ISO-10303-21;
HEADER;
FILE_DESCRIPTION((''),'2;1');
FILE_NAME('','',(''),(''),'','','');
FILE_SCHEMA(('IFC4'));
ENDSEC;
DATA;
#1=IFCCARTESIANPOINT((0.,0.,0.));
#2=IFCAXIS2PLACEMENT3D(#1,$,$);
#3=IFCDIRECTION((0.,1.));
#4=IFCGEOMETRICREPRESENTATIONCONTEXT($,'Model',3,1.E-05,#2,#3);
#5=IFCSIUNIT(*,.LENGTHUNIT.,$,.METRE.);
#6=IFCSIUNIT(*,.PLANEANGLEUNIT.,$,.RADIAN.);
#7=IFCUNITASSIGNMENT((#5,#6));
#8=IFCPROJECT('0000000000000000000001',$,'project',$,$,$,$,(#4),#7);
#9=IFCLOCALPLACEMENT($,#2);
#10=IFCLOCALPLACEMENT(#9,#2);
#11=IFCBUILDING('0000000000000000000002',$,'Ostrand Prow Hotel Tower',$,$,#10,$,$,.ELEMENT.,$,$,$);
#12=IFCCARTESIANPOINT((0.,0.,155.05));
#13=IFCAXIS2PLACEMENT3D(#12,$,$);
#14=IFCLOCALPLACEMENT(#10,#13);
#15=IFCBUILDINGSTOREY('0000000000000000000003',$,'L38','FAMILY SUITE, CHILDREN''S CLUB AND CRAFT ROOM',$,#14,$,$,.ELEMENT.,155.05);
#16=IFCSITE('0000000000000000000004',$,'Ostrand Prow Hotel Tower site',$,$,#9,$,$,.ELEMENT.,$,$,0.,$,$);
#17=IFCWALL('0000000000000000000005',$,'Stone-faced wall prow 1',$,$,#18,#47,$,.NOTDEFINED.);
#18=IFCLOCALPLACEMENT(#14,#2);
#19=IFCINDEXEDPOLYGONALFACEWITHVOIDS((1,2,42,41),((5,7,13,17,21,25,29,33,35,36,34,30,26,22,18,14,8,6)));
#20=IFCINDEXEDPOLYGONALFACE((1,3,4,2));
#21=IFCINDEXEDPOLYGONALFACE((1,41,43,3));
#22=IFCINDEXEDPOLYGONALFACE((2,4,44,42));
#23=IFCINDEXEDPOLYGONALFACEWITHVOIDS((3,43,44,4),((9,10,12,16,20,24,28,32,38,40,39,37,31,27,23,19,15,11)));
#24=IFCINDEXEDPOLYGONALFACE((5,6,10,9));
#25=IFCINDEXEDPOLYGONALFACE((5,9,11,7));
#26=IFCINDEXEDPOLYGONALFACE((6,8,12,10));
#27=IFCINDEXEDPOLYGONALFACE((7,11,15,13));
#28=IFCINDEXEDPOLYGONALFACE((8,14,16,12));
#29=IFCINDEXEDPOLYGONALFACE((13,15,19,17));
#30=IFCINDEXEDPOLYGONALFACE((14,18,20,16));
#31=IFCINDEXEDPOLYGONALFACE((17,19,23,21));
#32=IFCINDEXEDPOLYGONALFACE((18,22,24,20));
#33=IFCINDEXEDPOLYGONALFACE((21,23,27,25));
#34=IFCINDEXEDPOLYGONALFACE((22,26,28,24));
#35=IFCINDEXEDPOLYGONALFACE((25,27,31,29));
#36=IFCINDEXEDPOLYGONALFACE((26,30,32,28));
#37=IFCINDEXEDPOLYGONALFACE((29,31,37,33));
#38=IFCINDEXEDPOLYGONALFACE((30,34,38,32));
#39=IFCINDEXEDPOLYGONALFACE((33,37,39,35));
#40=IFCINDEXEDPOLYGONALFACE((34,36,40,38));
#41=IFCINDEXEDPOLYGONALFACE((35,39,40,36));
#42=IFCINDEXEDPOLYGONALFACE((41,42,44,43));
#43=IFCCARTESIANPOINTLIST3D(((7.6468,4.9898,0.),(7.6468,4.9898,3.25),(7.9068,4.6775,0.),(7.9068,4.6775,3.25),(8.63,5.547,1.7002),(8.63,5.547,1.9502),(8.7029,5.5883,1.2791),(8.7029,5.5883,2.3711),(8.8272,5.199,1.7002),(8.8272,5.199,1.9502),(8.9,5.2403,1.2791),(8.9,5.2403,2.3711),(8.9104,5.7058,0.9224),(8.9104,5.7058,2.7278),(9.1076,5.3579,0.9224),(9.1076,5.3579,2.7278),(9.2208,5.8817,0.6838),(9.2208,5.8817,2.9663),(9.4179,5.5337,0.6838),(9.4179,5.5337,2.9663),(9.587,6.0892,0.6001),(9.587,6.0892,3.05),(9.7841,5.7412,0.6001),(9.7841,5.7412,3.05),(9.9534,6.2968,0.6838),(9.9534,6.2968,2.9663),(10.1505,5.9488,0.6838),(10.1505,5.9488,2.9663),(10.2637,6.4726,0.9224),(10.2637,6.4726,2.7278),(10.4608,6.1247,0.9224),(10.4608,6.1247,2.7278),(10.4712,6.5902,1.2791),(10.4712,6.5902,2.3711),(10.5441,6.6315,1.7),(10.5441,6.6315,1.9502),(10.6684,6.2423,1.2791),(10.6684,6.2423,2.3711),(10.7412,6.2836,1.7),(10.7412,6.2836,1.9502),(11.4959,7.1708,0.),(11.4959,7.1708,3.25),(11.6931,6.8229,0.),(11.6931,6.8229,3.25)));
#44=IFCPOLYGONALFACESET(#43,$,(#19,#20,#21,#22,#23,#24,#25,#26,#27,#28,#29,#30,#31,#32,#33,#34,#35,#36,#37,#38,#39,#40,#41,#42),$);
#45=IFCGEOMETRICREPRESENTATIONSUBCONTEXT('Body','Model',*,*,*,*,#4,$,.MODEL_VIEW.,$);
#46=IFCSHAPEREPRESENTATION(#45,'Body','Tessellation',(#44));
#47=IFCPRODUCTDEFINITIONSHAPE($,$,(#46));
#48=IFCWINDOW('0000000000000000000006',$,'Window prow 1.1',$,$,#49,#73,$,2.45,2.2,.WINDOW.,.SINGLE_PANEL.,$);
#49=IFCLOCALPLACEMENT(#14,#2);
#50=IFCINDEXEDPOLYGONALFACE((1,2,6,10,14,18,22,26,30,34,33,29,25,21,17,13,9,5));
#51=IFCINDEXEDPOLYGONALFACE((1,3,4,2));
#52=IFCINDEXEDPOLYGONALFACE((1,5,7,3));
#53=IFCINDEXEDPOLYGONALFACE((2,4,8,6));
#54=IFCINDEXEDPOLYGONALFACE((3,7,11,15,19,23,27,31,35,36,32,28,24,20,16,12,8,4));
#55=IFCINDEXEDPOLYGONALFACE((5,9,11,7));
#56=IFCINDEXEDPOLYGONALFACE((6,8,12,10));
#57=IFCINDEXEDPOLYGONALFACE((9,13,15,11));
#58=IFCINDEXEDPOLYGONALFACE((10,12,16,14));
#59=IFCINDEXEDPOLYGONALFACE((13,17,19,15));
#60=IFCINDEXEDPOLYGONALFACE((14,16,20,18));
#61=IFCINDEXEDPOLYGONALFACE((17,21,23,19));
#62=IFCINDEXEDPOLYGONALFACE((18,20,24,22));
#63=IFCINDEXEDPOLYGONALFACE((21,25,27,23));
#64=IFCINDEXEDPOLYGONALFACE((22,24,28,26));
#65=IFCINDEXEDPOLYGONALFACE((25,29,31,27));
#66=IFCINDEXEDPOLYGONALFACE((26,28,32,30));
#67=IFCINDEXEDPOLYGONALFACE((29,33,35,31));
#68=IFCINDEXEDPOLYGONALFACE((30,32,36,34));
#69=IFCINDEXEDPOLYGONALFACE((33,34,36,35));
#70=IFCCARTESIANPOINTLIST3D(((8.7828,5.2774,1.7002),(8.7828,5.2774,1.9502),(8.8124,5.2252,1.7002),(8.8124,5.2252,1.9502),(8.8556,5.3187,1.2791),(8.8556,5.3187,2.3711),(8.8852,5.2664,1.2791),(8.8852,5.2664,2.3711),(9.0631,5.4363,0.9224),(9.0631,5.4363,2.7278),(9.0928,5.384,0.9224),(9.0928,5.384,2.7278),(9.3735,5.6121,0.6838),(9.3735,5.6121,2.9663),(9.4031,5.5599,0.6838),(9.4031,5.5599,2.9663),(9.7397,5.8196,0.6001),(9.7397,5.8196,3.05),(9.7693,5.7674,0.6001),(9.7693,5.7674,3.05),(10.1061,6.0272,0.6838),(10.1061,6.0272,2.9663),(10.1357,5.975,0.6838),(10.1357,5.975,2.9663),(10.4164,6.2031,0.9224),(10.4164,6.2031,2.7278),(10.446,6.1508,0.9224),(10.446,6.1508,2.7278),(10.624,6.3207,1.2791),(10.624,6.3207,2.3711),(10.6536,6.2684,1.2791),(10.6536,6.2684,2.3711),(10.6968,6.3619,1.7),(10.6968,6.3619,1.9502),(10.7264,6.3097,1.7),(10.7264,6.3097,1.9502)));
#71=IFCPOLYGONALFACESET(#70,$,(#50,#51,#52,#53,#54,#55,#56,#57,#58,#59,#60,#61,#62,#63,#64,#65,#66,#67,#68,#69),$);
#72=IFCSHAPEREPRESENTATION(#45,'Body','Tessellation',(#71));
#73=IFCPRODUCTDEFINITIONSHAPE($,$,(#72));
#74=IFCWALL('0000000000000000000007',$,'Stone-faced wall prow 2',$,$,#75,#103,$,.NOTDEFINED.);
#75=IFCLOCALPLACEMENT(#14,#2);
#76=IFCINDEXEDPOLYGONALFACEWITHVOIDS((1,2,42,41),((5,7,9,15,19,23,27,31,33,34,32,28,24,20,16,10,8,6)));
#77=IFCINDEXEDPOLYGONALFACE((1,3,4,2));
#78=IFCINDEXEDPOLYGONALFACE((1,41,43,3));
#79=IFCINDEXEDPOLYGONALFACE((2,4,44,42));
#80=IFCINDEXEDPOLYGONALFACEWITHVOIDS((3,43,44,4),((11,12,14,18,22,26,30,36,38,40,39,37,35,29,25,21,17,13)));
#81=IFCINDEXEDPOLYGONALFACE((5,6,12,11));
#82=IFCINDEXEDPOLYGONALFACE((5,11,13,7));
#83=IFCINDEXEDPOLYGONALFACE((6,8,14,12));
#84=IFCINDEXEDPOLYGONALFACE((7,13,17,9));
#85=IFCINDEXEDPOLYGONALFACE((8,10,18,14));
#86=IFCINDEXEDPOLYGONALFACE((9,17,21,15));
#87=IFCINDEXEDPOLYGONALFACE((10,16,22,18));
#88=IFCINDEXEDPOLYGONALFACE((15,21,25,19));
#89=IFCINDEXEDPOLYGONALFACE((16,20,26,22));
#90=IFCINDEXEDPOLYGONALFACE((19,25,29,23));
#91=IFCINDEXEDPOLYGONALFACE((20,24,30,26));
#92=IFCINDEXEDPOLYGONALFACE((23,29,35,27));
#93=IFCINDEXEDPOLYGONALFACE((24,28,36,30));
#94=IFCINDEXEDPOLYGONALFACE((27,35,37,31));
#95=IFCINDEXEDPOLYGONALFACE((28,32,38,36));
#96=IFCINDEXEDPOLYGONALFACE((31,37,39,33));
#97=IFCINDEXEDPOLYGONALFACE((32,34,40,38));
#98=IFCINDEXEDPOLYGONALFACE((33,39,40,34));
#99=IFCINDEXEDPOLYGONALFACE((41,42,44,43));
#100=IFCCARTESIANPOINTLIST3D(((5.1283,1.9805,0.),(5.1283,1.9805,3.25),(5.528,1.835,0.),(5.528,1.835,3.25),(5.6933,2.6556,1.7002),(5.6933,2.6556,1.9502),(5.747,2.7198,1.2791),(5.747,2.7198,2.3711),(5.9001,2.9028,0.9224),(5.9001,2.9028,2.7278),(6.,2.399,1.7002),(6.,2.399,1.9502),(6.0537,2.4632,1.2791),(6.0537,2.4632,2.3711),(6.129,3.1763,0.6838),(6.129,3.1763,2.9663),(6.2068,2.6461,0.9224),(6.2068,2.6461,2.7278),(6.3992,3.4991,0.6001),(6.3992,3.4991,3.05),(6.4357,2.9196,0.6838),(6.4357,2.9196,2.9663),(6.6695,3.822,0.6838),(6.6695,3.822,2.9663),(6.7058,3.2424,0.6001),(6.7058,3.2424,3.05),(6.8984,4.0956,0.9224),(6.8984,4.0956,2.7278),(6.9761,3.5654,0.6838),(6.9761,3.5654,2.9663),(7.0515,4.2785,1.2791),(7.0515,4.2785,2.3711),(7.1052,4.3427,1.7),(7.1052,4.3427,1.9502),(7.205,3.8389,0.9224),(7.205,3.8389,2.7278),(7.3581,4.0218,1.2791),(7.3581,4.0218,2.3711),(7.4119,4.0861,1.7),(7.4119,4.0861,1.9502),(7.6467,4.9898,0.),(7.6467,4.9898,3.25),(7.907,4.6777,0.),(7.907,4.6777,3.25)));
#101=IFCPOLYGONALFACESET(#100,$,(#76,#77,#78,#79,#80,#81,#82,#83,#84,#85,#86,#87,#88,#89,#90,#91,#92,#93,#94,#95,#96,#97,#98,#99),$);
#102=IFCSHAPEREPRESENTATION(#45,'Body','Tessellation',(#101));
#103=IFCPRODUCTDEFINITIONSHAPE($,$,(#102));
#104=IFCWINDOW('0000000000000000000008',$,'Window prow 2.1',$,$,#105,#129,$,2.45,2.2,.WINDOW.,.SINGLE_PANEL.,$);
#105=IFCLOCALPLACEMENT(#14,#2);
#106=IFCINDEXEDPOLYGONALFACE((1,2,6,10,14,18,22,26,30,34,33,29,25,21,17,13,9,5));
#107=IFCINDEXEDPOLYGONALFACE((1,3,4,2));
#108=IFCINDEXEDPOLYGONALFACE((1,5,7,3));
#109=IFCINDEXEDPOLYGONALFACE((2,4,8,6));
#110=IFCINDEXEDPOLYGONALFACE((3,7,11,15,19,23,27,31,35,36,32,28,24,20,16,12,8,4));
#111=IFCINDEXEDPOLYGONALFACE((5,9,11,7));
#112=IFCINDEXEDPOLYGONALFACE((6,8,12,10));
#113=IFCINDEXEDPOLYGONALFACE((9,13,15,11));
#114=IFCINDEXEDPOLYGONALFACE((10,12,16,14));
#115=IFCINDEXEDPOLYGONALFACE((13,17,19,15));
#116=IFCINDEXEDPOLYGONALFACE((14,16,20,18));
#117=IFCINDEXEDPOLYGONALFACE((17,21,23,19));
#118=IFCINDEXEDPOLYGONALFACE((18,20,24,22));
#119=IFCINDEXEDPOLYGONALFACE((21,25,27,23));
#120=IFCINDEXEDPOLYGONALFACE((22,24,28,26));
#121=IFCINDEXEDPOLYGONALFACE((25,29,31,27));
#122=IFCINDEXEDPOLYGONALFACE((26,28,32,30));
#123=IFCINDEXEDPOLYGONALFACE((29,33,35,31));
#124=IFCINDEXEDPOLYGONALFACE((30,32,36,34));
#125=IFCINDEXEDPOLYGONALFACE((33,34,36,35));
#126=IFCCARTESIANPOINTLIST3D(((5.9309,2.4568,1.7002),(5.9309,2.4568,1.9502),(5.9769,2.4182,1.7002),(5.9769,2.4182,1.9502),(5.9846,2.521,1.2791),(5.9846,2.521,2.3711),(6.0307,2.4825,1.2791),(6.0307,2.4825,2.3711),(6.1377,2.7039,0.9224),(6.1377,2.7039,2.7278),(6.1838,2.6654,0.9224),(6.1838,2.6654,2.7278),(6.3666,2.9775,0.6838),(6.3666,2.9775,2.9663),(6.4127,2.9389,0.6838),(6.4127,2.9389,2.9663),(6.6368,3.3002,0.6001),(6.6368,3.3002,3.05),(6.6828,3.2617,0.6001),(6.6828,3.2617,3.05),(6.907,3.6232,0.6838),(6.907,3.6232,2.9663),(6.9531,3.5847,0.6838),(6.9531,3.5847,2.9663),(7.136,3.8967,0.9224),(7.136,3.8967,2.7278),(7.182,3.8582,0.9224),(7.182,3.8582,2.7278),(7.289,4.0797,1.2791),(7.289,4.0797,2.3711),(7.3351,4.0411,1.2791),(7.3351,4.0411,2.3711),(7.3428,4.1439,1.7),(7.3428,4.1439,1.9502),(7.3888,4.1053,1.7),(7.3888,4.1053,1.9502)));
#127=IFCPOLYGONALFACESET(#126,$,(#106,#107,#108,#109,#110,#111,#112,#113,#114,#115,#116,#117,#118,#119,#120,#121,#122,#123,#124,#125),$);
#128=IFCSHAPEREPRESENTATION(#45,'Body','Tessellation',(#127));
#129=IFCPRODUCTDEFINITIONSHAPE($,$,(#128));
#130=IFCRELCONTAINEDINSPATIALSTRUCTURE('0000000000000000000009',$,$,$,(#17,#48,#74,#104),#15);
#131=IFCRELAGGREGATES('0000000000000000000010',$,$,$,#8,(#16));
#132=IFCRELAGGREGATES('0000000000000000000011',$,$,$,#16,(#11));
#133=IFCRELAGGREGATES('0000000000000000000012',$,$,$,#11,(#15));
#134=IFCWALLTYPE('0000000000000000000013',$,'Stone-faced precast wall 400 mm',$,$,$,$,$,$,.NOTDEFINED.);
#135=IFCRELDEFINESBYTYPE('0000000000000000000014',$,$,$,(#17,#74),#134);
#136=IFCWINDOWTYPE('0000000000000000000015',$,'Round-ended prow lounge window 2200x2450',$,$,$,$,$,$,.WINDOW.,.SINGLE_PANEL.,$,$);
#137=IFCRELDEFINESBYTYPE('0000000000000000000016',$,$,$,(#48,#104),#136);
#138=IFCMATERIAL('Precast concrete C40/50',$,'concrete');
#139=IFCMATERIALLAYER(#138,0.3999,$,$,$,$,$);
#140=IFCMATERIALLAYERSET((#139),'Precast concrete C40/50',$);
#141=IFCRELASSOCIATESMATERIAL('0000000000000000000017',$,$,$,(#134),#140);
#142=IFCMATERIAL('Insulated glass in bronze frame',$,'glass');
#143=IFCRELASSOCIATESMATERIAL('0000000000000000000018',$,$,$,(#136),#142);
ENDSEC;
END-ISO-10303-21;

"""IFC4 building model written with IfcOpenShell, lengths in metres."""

from ifc_helpers import new_model, si_unit, direction, frame, origin, place, context, subcontext, project, spatial, polyline, outline, extrude, material, layer, layer_set, type_object, element, fill, save


model = new_model("IFC4")

# Units and contexts
model_context = context("Model", 3, precision=1e-05, world=origin(), true_north=direction((0.0, 1.0)))
body_context = subcontext(model_context, "Body", "Model", "MODEL_VIEW")
ifc_project = project(units=[si_unit("LENGTHUNIT", "METRE"), si_unit("PLANEANGLEUNIT", "RADIAN")], contexts=[model_context])

# Site, building, storey
site_placement = place(None, origin())
site = spatial("IfcSite", under=ifc_project, at=site_placement, Name="Ostrand Prow Hotel Tower site", CompositionType="ELEMENT", RefElevation=0.0)
building_placement = place(site_placement, origin())
building = spatial("IfcBuilding", under=site, at=building_placement, Name="Ostrand Prow Hotel Tower", CompositionType="ELEMENT")
storey_placement = place(building_placement, frame((0.0, 0.0, 155.05)))
storey = spatial("IfcBuildingStorey", under=building, at=storey_placement, Name="L38", Description="FAMILY SUITE, CHILDREN'S CLUB AND CRAFT ROOM", CompositionType="ELEMENT", Elevation=155.05)

# Walls, openings, windows
ifc_material_1 = material(Name="Precast concrete C40/50", Category="concrete")
ifc_layer_1 = layer(ifc_material_1, 0.3999)
ifc_layer_set_1 = layer_set([ifc_layer_1], Name="Precast concrete C40/50")
wall_type_1 = type_object("IfcWallType", Name="Stone-faced precast wall 400 mm", PredefinedType="NOTDEFINED", material=ifc_layer_set_1)
wall_1_placement = place(storey_placement, frame((11.5945, 6.9968, 0.0), z_axis=(0.0, 0.0, 1.0), x_axis=(-0.870045, -0.492972, 0.0)))
wall_1 = element("IfcWall", 1, at=wall_1_placement, inside=storey, type_object=wall_type_1, Name="Stone-faced wall prow 1", PredefinedType="NOTDEFINED", context=body_context, shape_type="SweptSolid", body=[
    extrude(outline(polyline([(0.0, -0.2), (4.4241, -0.2), (4.3518, 0.2), (0.0, 0.2), (0.0, -0.2)])), origin(), (0.0, 0.0, 1.0), 3.25),
])
opening_1_placement = place(wall_1_placement, frame((1.094, 0.0, 0.6001)))
opening_1 = element("IfcOpeningElement", 2, at=opening_1_placement, cuts=wall_1, PredefinedType="OPENING", context=body_context, shape_type="SweptSolid", body=[
    extrude(outline(polyline([(0.0, 1.3501), (0.0837, 1.771), (0.3223, 2.1277), (0.679, 2.3662), (1.1001, 2.45), (1.521, 2.3662), (1.8777, 2.1277), (2.1162, 1.771), (2.2, 1.3501), (2.2, 1.1001), (2.1162, 0.679), (1.8777, 0.3223), (1.521, 0.0837), (1.1001, 0.0), (0.679, 0.0837), (0.3223, 0.3223), (0.0837, 0.679), (0.0, 1.0999), (0.0, 1.3501)])), frame((0.0, 0.21, 0.0), z_axis=(0.0, -1.0, 0.0), x_axis=(1.0, 0.0, 0.0)), (0.0, 0.0, 1.0), 0.4199),
])
ifc_material_2 = material(Name="Insulated glass in bronze frame", Category="glass")
window_type = type_object("IfcWindowType", Name="Round-ended prow lounge window 2200x2450", PartitioningType="SINGLE_PANEL", PredefinedType="WINDOW", material=ifc_material_2)
window_1_placement = place(opening_1_placement, origin())
window_1 = element("IfcWindow", 3, at=window_1_placement, inside=storey, type_object=window_type, Name="Window prow 1.1", OverallHeight=2.45, OverallWidth=2.2, PartitioningType="SINGLE_PANEL", PredefinedType="WINDOW", context=body_context, shape_type="SweptSolid", body=[
    extrude(outline(polyline([(0.0, 1.3501), (0.0837, 1.771), (0.3223, 2.1277), (0.679, 2.3662), (1.1001, 2.45), (1.521, 2.3662), (1.8777, 2.1277), (2.1162, 1.771), (2.2, 1.3501), (2.2, 1.1001), (2.1162, 0.679), (1.8777, 0.3223), (1.521, 0.0837), (1.1001, 0.0), (0.679, 0.0837), (0.3223, 0.3223), (0.0837, 0.679), (0.0, 1.0999), (0.0, 1.3501)])), frame((0.0, 0.1699, 0.0), z_axis=(0.0, -1.0, 0.0), x_axis=(1.0, 0.0, 0.0)), (0.0, 0.0, 1.0), 0.0601),
])
fill(opening_1, window_1)
wall_2_placement = place(storey_placement, frame((7.7769, 4.8337, 0.0), z_axis=(0.0, 0.0, 1.0), x_axis=(-0.641788, -0.766882, 0.0)))
wall_2 = element("IfcWall", 4, at=wall_2_placement, inside=storey, type_object=wall_type_1, Name="Stone-faced wall prow 2", PredefinedType="NOTDEFINED", context=body_context, shape_type="SweptSolid", body=[
    extrude(outline(polyline([(-0.0361, -0.2), (3.8879, -0.2), (3.7429, 0.2), (0.0361, 0.2), (-0.0361, -0.2)])), origin(), (0.0, 0.0, 1.0), 3.25),
])
opening_2_placement = place(wall_2_placement, frame((0.8076, 0.0, 0.6001)))
opening_2 = element("IfcOpeningElement", 5, at=opening_2_placement, cuts=wall_2, PredefinedType="OPENING", context=body_context, shape_type="SweptSolid", body=[
    extrude(outline(polyline([(0.0, 1.3501), (0.0837, 1.771), (0.3223, 2.1277), (0.679, 2.3662), (1.1001, 2.45), (1.521, 2.3662), (1.8777, 2.1277), (2.1162, 1.771), (2.2, 1.3501), (2.2, 1.1001), (2.1162, 0.679), (1.8777, 0.3223), (1.521, 0.0837), (1.1001, 0.0), (0.679, 0.0837), (0.3223, 0.3223), (0.0837, 0.679), (0.0, 1.0999), (0.0, 1.3501)])), frame((0.0, 0.21, 0.0), z_axis=(0.0, -1.0, 0.0), x_axis=(1.0, 0.0, 0.0)), (0.0, 0.0, 1.0), 0.4199),
])
window_2_placement = place(opening_2_placement, origin())
window_2 = element("IfcWindow", 6, at=window_2_placement, inside=storey, type_object=window_type, Name="Window prow 2.1", OverallHeight=2.45, OverallWidth=2.2, PartitioningType="SINGLE_PANEL", PredefinedType="WINDOW", context=body_context, shape_type="SweptSolid", body=[
    extrude(outline(polyline([(0.0, 1.3501), (0.0837, 1.771), (0.3223, 2.1277), (0.679, 2.3662), (1.1001, 2.45), (1.521, 2.3662), (1.8777, 2.1277), (2.1162, 1.771), (2.2, 1.3501), (2.2, 1.1001), (2.1162, 0.679), (1.8777, 0.3223), (1.521, 0.0837), (1.1001, 0.0), (0.679, 0.0837), (0.3223, 0.3223), (0.0837, 0.679), (0.0, 1.0999), (0.0, 1.3501)])), frame((0.0, 0.1699, 0.0), z_axis=(0.0, -1.0, 0.0), x_axis=(1.0, 0.0, 0.0)), (0.0, 0.0, 1.0), 0.0601),
])
fill(opening_2, window_2)

save(model, "model.ifc")
